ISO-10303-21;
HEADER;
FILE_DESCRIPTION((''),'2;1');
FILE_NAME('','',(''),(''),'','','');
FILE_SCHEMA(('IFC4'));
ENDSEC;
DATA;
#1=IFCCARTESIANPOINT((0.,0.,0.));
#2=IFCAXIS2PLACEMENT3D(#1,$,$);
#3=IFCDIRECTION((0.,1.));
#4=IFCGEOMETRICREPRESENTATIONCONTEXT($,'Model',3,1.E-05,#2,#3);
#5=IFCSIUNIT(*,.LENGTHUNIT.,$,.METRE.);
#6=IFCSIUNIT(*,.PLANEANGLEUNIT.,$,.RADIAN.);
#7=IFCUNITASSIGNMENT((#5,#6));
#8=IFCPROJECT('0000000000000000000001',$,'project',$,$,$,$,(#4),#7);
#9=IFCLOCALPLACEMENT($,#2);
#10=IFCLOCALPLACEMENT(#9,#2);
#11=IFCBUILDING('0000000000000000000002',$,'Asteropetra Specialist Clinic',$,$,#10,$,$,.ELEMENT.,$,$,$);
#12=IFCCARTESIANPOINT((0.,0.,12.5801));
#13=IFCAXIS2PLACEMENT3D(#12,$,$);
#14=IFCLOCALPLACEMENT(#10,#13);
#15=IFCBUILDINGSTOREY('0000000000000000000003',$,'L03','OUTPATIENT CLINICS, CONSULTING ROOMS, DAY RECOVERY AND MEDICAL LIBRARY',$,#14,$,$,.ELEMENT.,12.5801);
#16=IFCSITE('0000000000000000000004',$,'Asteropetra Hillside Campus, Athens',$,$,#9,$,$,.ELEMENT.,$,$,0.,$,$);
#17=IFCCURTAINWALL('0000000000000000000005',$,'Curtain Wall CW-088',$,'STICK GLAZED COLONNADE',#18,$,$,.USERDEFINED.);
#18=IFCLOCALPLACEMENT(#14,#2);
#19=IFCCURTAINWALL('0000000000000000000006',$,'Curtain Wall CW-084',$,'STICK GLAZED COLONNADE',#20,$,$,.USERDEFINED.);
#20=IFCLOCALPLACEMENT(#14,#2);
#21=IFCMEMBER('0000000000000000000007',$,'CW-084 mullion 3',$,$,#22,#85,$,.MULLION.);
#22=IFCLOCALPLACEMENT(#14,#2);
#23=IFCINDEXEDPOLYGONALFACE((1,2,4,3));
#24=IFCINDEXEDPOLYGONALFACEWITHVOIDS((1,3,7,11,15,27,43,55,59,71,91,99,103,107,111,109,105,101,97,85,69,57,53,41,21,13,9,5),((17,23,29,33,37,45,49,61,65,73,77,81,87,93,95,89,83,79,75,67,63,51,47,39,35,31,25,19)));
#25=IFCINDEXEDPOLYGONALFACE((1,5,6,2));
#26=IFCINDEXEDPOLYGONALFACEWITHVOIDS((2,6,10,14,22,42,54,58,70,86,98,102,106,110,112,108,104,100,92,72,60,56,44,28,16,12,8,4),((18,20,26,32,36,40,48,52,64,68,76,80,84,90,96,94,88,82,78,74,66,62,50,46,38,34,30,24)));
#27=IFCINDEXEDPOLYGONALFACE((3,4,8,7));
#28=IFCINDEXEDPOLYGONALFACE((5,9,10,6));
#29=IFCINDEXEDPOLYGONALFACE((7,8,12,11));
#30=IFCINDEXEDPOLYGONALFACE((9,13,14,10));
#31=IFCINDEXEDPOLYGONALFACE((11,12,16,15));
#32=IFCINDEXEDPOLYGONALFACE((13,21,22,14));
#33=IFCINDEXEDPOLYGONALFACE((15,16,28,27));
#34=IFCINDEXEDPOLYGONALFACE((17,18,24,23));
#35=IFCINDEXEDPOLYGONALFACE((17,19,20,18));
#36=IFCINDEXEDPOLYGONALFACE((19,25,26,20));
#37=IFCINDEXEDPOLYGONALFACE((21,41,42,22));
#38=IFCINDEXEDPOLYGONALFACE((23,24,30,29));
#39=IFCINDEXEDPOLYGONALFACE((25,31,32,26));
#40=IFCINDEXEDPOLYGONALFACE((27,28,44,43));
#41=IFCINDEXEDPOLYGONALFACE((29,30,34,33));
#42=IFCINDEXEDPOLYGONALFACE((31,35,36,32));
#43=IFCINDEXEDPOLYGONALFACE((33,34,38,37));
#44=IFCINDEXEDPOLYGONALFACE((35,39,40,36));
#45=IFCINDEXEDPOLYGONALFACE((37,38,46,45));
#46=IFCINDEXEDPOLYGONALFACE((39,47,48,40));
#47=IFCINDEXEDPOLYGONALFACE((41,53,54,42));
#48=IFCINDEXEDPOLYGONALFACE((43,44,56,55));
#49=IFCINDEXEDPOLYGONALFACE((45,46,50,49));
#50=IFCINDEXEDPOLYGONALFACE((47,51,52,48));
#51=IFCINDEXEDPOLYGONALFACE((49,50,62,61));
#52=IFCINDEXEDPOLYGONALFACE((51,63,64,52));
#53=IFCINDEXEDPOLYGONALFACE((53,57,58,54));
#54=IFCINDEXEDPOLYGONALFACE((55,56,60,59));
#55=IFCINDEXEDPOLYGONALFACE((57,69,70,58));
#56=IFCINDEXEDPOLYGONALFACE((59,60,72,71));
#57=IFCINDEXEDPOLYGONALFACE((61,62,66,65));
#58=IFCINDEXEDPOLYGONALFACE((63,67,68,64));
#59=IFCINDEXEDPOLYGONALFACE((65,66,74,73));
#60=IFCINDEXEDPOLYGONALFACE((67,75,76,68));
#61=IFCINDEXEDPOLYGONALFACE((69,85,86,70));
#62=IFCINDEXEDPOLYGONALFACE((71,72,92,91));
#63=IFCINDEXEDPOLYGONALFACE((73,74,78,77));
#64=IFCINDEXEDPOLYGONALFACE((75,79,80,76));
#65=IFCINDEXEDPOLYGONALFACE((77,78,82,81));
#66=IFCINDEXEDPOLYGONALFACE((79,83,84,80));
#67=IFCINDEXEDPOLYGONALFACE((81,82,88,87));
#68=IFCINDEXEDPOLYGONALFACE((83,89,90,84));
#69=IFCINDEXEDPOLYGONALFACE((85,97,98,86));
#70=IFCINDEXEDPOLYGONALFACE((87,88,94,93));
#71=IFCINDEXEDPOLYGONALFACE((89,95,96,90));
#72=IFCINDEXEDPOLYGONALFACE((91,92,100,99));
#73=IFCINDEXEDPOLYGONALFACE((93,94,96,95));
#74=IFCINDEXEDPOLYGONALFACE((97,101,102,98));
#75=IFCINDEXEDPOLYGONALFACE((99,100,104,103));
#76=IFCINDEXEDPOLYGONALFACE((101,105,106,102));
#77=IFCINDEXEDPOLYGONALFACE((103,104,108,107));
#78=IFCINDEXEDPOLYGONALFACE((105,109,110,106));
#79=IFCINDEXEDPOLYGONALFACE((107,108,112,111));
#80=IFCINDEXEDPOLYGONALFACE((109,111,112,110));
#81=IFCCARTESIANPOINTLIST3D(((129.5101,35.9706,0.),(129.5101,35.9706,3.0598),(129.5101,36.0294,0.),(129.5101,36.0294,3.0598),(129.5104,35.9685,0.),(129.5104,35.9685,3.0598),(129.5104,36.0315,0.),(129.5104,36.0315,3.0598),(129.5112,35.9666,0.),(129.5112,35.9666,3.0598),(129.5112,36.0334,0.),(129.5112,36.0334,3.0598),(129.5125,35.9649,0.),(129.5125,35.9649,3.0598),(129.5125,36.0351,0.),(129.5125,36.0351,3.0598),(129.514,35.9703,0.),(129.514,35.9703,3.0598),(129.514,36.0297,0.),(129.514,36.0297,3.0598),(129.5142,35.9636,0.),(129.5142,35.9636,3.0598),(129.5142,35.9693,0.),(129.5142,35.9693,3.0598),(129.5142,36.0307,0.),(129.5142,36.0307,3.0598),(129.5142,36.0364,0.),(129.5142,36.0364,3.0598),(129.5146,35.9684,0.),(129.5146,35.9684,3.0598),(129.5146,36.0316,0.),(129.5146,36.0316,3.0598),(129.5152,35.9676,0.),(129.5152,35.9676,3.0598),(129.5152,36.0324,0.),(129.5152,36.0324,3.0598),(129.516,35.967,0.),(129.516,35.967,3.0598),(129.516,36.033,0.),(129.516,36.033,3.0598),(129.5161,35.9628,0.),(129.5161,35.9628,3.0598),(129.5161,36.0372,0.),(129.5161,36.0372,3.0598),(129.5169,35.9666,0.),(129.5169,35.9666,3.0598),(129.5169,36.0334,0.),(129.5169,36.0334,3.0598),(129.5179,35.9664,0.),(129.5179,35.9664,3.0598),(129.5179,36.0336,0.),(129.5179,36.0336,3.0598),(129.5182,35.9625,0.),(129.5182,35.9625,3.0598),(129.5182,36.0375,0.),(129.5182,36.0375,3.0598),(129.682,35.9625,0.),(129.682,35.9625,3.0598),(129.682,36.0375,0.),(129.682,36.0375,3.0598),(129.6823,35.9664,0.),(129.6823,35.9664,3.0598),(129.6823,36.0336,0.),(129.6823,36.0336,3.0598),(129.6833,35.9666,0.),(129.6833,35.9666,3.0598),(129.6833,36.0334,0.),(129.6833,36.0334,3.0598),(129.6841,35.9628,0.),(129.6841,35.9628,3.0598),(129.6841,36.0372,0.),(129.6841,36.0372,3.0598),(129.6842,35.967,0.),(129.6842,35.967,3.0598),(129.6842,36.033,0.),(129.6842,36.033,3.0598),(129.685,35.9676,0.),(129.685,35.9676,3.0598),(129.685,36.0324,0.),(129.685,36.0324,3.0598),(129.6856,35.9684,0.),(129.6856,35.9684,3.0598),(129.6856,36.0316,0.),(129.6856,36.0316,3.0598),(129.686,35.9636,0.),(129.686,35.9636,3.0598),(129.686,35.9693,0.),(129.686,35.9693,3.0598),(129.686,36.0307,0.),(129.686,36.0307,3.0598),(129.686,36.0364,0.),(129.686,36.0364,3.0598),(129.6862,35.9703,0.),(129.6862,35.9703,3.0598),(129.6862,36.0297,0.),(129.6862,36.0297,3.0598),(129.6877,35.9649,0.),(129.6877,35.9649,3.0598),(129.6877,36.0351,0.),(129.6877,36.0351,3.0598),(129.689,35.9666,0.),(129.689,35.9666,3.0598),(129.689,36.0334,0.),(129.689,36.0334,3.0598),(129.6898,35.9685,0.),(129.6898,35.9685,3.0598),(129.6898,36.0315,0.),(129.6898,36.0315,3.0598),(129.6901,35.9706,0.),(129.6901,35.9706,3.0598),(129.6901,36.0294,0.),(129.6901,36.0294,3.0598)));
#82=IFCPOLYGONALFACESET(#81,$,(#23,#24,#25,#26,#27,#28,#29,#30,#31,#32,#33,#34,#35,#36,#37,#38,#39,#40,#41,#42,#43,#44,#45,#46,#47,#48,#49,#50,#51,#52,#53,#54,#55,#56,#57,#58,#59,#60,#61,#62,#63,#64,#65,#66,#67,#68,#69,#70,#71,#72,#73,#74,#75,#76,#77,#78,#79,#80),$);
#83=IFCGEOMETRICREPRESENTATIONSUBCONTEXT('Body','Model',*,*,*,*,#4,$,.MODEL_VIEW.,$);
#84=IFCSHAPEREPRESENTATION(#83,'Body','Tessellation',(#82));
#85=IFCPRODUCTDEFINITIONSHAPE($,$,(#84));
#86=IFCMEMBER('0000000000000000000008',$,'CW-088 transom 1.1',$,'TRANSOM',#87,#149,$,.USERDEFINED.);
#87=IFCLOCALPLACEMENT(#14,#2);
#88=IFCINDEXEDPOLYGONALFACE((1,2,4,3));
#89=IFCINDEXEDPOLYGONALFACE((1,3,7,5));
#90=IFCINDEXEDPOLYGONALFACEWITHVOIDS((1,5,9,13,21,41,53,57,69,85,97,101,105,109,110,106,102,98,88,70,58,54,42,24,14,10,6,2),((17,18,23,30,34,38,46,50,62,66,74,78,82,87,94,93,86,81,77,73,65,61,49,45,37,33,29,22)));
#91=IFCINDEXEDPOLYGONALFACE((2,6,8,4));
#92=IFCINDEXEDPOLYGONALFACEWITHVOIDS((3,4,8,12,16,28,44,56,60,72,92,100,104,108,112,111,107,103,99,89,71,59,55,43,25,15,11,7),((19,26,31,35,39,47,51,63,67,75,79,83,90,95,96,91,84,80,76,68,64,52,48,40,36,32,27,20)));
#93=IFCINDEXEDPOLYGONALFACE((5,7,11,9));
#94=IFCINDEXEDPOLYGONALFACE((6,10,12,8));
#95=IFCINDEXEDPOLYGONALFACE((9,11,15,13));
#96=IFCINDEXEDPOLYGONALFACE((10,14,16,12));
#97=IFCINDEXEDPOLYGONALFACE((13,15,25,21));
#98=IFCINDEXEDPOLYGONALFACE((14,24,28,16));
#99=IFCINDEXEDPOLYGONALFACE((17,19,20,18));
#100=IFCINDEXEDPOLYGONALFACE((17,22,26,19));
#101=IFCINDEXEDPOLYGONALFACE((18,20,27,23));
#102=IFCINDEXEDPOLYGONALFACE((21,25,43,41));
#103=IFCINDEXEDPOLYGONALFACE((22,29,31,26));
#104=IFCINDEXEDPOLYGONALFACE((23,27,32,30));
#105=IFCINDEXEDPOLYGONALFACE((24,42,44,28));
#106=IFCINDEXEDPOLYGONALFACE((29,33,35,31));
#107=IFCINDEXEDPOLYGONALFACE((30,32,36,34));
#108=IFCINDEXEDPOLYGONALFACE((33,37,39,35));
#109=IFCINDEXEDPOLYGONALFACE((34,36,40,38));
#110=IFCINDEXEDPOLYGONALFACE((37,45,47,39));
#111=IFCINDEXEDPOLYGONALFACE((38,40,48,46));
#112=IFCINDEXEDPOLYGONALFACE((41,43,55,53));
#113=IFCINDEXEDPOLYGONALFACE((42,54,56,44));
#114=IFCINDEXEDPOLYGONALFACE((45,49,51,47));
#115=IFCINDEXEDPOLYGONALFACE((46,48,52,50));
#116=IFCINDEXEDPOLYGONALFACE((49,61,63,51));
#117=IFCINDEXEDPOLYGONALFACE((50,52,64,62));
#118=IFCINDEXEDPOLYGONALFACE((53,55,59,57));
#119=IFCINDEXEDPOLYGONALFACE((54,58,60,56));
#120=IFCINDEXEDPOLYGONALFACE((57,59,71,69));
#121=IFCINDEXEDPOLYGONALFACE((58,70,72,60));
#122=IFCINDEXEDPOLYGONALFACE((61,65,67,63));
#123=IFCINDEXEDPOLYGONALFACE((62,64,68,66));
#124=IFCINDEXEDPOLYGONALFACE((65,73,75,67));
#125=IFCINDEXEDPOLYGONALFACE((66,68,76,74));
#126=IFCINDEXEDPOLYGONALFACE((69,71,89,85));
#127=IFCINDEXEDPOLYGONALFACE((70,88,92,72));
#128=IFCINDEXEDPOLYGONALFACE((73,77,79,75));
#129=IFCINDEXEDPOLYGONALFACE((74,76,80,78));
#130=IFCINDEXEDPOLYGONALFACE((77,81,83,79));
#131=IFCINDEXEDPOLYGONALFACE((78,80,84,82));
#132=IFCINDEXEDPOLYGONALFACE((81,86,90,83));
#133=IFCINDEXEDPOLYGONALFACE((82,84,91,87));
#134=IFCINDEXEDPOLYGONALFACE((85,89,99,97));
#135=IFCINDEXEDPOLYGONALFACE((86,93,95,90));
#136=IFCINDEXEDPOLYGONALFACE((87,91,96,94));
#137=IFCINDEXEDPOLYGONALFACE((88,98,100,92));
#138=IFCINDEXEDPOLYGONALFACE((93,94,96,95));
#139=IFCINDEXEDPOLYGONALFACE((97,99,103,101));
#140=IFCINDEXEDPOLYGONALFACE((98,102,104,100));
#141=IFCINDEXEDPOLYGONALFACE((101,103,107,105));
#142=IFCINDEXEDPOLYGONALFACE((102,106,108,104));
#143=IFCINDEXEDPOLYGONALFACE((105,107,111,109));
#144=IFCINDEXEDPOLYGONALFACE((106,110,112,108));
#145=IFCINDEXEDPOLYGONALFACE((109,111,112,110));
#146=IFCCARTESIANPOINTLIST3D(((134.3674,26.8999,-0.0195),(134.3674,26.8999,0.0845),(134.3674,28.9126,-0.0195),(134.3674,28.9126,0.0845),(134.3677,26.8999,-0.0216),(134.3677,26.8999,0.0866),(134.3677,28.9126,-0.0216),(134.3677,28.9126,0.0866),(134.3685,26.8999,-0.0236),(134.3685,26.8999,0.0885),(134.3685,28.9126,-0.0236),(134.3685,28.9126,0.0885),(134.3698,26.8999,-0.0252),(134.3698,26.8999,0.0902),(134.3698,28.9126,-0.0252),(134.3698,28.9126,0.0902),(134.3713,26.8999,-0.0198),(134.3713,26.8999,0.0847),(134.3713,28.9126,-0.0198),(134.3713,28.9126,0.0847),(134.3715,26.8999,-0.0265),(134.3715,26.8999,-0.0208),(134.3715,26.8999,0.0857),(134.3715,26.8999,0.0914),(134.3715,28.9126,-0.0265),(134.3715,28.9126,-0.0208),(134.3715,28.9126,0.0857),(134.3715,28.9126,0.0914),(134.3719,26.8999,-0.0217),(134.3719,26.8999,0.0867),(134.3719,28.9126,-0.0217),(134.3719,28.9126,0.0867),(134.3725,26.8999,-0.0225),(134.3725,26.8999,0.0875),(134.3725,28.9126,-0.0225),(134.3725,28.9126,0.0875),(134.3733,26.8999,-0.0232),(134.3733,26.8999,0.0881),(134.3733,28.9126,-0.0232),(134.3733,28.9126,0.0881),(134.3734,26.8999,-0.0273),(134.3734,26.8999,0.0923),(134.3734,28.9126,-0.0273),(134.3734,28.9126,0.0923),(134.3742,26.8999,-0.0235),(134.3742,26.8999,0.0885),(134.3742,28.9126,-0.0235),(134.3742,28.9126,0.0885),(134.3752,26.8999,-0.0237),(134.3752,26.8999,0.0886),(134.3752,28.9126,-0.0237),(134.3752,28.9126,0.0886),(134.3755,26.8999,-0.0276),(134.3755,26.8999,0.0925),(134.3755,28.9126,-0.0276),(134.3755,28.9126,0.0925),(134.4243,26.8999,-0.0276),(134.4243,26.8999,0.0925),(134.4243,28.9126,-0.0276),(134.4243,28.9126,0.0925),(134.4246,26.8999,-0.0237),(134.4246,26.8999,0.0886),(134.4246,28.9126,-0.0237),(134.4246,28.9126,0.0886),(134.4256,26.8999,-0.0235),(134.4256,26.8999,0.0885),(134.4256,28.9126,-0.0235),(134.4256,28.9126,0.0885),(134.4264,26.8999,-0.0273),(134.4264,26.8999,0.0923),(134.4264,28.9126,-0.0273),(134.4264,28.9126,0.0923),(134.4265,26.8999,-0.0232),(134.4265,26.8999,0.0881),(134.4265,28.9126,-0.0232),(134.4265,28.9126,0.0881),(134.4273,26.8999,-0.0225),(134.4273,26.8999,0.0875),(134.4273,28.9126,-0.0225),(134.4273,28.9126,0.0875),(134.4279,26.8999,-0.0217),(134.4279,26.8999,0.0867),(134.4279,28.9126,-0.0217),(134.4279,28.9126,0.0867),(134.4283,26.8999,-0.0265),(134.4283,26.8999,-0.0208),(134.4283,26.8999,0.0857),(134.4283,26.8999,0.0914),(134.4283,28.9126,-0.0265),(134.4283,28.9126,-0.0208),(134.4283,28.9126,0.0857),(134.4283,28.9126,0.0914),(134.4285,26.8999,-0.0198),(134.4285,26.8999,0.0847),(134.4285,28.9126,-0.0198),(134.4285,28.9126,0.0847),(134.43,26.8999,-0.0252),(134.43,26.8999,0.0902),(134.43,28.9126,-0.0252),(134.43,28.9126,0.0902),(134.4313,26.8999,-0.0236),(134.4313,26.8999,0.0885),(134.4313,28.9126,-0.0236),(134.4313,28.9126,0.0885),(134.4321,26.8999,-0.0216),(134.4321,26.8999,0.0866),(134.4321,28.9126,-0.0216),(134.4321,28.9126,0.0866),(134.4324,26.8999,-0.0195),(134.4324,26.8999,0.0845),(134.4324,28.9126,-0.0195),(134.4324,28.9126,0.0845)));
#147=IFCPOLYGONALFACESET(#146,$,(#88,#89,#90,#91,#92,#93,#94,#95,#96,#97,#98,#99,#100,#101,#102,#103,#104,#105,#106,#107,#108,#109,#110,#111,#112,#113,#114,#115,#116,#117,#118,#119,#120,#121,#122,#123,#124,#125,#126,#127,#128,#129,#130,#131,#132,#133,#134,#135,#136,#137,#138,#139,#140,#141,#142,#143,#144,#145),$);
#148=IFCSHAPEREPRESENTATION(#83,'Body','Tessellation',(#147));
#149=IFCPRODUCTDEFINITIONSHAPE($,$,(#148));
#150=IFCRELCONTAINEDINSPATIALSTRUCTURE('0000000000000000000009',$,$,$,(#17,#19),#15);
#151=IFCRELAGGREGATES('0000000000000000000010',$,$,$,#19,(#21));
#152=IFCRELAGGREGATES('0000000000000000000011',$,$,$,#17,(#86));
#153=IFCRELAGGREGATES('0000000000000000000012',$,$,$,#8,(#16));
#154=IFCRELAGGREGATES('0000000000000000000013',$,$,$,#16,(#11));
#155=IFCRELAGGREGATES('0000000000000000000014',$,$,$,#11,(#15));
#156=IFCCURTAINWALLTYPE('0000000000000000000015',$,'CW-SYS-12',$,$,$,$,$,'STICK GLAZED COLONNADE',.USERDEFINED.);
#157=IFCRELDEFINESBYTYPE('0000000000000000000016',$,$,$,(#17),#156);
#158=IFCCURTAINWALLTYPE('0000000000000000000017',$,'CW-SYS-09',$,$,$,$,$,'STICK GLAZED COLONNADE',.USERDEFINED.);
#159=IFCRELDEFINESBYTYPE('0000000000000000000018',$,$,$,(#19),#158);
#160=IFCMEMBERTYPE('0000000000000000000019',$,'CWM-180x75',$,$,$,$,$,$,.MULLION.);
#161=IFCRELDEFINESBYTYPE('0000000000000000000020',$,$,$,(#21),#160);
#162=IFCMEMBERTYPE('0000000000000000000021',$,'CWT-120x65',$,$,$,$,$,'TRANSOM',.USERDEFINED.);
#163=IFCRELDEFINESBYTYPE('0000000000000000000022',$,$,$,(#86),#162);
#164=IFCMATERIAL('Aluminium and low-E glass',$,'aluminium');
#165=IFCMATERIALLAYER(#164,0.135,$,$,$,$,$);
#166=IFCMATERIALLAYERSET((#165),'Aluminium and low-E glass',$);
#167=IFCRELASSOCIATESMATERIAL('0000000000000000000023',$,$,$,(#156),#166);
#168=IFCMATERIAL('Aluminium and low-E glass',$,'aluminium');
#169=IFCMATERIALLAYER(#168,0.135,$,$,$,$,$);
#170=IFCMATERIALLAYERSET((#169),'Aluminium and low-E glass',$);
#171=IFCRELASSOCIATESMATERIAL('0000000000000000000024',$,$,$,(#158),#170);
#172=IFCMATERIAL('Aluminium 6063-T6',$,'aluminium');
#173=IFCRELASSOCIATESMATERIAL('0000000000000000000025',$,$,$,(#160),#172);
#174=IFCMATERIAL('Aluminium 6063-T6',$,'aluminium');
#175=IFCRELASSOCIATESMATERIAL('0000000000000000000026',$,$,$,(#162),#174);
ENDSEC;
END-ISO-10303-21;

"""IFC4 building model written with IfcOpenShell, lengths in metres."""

from ifc_helpers import new_model, si_unit, direction, frame, origin, origin_2d, place, context, subcontext, project, spatial, hollow_rectangle, extrude, material, layer, layer_set, material_profile, profile_set, type_object, element, aggregate, save


model = new_model("IFC4")

# Units and contexts
model_context = context("Model", 3, precision=1e-05, world=origin(), true_north=direction((0.0, 1.0)))
body_context = subcontext(model_context, "Body", "Model", "MODEL_VIEW")
ifc_project = project(units=[si_unit("LENGTHUNIT", "METRE"), si_unit("PLANEANGLEUNIT", "RADIAN")], contexts=[model_context])

# Site, building, storey
site_placement = place(None, origin())
site = spatial("IfcSite", under=ifc_project, at=site_placement, Name="Asteropetra Hillside Campus, Athens", CompositionType="ELEMENT", RefElevation=0.0)
building_placement = place(site_placement, origin())
building = spatial("IfcBuilding", under=site, at=building_placement, Name="Asteropetra Specialist Clinic", CompositionType="ELEMENT")
storey_placement = place(building_placement, frame((0.0, 0.0, 12.5801)))
storey = spatial("IfcBuildingStorey", under=building, at=storey_placement, Name="L03", Description="OUTPATIENT CLINICS, CONSULTING ROOMS, DAY RECOVERY AND MEDICAL LIBRARY", CompositionType="ELEMENT", Elevation=12.5801)

# Curtain walls, member
ifc_material_1 = material(Name="Aluminium and low-E glass", Category="aluminium")
ifc_layer_1 = layer(ifc_material_1, 0.135)
ifc_layer_set_1 = layer_set([ifc_layer_1], Name="Aluminium and low-E glass")
curtain_wall_type_1 = type_object("IfcCurtainWallType", Name="CW-SYS-12", ElementType="STICK GLAZED COLONNADE", PredefinedType="USERDEFINED", material=ifc_layer_set_1)
curtain_wall_1_placement = place(storey_placement, origin())
curtain_wall_1 = element("IfcCurtainWall", 1, at=curtain_wall_1_placement, inside=storey, type_object=curtain_wall_type_1, Name="Curtain Wall CW-088", ObjectType="STICK GLAZED COLONNADE", PredefinedType="USERDEFINED")
ifc_material_2 = material(Name="Aluminium and low-E glass", Category="aluminium")
ifc_layer_2 = layer(ifc_material_2, 0.135)
ifc_layer_set_2 = layer_set([ifc_layer_2], Name="Aluminium and low-E glass")
curtain_wall_type_2 = type_object("IfcCurtainWallType", Name="CW-SYS-09", ElementType="STICK GLAZED COLONNADE", PredefinedType="USERDEFINED", material=ifc_layer_set_2)
curtain_wall_2_placement = place(storey_placement, origin())
curtain_wall_2 = element("IfcCurtainWall", 2, at=curtain_wall_2_placement, inside=storey, type_object=curtain_wall_type_2, Name="Curtain Wall CW-084", ObjectType="STICK GLAZED COLONNADE", PredefinedType="USERDEFINED")
ifc_material_3 = material(Name="Aluminium 6063-T6", Category="aluminium")
ifc_material_profile_1 = material_profile(ifc_material_3, hollow_rectangle(XDim=0.075, YDim=0.1799, WallThickness=0.0039, InnerFilletRadius=0.0039, OuterFilletRadius=0.0081, at=origin_2d()), Name="MUL 180x75x4.0")
ifc_profile_set_1 = profile_set([ifc_material_profile_1], Name="Aluminium 6063-T6")
member_type_1 = type_object("IfcMemberType", Name="CWM-180x75", PredefinedType="MULLION", material=ifc_profile_set_1)
member_1_placement = place(storey_placement, frame((129.6001, 36.0, 0.0), z_axis=(0.0, 0.0, 1.0), x_axis=(0.0, -1.0, 0.0)))
member_1 = element("IfcMember", 3, at=member_1_placement, type_object=member_type_1, Name="CW-084 mullion 3", PredefinedType="MULLION", context=body_context, shape_type="SweptSolid", body=[
    extrude(hollow_rectangle(XDim=0.075, YDim=0.1799, WallThickness=0.0039, InnerFilletRadius=0.0039, OuterFilletRadius=0.0081, at=origin_2d()), origin(), (0.0, 0.0, 1.0), 3.0598),
])

# Member
ifc_material_4 = material(Name="Aluminium 6063-T6", Category="aluminium")
ifc_material_profile_2 = material_profile(ifc_material_4, hollow_rectangle(XDim=0.0649, YDim=0.1201, WallThickness=0.0039, InnerFilletRadius=0.0039, OuterFilletRadius=0.0081, at=origin_2d()), Name="TRN 120x65x4.0")
ifc_profile_set_2 = profile_set([ifc_material_profile_2], Name="Aluminium 6063-T6")
member_type_2 = type_object("IfcMemberType", Name="CWT-120x65", ElementType="TRANSOM", PredefinedType="USERDEFINED", material=ifc_profile_set_2)
member_2_placement = place(storey_placement, frame((134.3999, 26.8999, 0.0325), z_axis=(0.0, 1.0, 0.0), x_axis=(-1.0, 0.0, 0.0)))
member_2 = element("IfcMember", 4, at=member_2_placement, type_object=member_type_2, Name="CW-088 transom 1.1", ObjectType="TRANSOM", PredefinedType="USERDEFINED", context=body_context, shape_type="SweptSolid", body=[
    extrude(hollow_rectangle(XDim=0.0649, YDim=0.1201, WallThickness=0.0039, InnerFilletRadius=0.0039, OuterFilletRadius=0.0081, at=origin_2d()), origin(), (0.0, 0.0, 1.0), 2.0127),
])

aggregate(curtain_wall_2, [member_1])
aggregate(curtain_wall_1, [member_2])

save(model, "model.ifc")
